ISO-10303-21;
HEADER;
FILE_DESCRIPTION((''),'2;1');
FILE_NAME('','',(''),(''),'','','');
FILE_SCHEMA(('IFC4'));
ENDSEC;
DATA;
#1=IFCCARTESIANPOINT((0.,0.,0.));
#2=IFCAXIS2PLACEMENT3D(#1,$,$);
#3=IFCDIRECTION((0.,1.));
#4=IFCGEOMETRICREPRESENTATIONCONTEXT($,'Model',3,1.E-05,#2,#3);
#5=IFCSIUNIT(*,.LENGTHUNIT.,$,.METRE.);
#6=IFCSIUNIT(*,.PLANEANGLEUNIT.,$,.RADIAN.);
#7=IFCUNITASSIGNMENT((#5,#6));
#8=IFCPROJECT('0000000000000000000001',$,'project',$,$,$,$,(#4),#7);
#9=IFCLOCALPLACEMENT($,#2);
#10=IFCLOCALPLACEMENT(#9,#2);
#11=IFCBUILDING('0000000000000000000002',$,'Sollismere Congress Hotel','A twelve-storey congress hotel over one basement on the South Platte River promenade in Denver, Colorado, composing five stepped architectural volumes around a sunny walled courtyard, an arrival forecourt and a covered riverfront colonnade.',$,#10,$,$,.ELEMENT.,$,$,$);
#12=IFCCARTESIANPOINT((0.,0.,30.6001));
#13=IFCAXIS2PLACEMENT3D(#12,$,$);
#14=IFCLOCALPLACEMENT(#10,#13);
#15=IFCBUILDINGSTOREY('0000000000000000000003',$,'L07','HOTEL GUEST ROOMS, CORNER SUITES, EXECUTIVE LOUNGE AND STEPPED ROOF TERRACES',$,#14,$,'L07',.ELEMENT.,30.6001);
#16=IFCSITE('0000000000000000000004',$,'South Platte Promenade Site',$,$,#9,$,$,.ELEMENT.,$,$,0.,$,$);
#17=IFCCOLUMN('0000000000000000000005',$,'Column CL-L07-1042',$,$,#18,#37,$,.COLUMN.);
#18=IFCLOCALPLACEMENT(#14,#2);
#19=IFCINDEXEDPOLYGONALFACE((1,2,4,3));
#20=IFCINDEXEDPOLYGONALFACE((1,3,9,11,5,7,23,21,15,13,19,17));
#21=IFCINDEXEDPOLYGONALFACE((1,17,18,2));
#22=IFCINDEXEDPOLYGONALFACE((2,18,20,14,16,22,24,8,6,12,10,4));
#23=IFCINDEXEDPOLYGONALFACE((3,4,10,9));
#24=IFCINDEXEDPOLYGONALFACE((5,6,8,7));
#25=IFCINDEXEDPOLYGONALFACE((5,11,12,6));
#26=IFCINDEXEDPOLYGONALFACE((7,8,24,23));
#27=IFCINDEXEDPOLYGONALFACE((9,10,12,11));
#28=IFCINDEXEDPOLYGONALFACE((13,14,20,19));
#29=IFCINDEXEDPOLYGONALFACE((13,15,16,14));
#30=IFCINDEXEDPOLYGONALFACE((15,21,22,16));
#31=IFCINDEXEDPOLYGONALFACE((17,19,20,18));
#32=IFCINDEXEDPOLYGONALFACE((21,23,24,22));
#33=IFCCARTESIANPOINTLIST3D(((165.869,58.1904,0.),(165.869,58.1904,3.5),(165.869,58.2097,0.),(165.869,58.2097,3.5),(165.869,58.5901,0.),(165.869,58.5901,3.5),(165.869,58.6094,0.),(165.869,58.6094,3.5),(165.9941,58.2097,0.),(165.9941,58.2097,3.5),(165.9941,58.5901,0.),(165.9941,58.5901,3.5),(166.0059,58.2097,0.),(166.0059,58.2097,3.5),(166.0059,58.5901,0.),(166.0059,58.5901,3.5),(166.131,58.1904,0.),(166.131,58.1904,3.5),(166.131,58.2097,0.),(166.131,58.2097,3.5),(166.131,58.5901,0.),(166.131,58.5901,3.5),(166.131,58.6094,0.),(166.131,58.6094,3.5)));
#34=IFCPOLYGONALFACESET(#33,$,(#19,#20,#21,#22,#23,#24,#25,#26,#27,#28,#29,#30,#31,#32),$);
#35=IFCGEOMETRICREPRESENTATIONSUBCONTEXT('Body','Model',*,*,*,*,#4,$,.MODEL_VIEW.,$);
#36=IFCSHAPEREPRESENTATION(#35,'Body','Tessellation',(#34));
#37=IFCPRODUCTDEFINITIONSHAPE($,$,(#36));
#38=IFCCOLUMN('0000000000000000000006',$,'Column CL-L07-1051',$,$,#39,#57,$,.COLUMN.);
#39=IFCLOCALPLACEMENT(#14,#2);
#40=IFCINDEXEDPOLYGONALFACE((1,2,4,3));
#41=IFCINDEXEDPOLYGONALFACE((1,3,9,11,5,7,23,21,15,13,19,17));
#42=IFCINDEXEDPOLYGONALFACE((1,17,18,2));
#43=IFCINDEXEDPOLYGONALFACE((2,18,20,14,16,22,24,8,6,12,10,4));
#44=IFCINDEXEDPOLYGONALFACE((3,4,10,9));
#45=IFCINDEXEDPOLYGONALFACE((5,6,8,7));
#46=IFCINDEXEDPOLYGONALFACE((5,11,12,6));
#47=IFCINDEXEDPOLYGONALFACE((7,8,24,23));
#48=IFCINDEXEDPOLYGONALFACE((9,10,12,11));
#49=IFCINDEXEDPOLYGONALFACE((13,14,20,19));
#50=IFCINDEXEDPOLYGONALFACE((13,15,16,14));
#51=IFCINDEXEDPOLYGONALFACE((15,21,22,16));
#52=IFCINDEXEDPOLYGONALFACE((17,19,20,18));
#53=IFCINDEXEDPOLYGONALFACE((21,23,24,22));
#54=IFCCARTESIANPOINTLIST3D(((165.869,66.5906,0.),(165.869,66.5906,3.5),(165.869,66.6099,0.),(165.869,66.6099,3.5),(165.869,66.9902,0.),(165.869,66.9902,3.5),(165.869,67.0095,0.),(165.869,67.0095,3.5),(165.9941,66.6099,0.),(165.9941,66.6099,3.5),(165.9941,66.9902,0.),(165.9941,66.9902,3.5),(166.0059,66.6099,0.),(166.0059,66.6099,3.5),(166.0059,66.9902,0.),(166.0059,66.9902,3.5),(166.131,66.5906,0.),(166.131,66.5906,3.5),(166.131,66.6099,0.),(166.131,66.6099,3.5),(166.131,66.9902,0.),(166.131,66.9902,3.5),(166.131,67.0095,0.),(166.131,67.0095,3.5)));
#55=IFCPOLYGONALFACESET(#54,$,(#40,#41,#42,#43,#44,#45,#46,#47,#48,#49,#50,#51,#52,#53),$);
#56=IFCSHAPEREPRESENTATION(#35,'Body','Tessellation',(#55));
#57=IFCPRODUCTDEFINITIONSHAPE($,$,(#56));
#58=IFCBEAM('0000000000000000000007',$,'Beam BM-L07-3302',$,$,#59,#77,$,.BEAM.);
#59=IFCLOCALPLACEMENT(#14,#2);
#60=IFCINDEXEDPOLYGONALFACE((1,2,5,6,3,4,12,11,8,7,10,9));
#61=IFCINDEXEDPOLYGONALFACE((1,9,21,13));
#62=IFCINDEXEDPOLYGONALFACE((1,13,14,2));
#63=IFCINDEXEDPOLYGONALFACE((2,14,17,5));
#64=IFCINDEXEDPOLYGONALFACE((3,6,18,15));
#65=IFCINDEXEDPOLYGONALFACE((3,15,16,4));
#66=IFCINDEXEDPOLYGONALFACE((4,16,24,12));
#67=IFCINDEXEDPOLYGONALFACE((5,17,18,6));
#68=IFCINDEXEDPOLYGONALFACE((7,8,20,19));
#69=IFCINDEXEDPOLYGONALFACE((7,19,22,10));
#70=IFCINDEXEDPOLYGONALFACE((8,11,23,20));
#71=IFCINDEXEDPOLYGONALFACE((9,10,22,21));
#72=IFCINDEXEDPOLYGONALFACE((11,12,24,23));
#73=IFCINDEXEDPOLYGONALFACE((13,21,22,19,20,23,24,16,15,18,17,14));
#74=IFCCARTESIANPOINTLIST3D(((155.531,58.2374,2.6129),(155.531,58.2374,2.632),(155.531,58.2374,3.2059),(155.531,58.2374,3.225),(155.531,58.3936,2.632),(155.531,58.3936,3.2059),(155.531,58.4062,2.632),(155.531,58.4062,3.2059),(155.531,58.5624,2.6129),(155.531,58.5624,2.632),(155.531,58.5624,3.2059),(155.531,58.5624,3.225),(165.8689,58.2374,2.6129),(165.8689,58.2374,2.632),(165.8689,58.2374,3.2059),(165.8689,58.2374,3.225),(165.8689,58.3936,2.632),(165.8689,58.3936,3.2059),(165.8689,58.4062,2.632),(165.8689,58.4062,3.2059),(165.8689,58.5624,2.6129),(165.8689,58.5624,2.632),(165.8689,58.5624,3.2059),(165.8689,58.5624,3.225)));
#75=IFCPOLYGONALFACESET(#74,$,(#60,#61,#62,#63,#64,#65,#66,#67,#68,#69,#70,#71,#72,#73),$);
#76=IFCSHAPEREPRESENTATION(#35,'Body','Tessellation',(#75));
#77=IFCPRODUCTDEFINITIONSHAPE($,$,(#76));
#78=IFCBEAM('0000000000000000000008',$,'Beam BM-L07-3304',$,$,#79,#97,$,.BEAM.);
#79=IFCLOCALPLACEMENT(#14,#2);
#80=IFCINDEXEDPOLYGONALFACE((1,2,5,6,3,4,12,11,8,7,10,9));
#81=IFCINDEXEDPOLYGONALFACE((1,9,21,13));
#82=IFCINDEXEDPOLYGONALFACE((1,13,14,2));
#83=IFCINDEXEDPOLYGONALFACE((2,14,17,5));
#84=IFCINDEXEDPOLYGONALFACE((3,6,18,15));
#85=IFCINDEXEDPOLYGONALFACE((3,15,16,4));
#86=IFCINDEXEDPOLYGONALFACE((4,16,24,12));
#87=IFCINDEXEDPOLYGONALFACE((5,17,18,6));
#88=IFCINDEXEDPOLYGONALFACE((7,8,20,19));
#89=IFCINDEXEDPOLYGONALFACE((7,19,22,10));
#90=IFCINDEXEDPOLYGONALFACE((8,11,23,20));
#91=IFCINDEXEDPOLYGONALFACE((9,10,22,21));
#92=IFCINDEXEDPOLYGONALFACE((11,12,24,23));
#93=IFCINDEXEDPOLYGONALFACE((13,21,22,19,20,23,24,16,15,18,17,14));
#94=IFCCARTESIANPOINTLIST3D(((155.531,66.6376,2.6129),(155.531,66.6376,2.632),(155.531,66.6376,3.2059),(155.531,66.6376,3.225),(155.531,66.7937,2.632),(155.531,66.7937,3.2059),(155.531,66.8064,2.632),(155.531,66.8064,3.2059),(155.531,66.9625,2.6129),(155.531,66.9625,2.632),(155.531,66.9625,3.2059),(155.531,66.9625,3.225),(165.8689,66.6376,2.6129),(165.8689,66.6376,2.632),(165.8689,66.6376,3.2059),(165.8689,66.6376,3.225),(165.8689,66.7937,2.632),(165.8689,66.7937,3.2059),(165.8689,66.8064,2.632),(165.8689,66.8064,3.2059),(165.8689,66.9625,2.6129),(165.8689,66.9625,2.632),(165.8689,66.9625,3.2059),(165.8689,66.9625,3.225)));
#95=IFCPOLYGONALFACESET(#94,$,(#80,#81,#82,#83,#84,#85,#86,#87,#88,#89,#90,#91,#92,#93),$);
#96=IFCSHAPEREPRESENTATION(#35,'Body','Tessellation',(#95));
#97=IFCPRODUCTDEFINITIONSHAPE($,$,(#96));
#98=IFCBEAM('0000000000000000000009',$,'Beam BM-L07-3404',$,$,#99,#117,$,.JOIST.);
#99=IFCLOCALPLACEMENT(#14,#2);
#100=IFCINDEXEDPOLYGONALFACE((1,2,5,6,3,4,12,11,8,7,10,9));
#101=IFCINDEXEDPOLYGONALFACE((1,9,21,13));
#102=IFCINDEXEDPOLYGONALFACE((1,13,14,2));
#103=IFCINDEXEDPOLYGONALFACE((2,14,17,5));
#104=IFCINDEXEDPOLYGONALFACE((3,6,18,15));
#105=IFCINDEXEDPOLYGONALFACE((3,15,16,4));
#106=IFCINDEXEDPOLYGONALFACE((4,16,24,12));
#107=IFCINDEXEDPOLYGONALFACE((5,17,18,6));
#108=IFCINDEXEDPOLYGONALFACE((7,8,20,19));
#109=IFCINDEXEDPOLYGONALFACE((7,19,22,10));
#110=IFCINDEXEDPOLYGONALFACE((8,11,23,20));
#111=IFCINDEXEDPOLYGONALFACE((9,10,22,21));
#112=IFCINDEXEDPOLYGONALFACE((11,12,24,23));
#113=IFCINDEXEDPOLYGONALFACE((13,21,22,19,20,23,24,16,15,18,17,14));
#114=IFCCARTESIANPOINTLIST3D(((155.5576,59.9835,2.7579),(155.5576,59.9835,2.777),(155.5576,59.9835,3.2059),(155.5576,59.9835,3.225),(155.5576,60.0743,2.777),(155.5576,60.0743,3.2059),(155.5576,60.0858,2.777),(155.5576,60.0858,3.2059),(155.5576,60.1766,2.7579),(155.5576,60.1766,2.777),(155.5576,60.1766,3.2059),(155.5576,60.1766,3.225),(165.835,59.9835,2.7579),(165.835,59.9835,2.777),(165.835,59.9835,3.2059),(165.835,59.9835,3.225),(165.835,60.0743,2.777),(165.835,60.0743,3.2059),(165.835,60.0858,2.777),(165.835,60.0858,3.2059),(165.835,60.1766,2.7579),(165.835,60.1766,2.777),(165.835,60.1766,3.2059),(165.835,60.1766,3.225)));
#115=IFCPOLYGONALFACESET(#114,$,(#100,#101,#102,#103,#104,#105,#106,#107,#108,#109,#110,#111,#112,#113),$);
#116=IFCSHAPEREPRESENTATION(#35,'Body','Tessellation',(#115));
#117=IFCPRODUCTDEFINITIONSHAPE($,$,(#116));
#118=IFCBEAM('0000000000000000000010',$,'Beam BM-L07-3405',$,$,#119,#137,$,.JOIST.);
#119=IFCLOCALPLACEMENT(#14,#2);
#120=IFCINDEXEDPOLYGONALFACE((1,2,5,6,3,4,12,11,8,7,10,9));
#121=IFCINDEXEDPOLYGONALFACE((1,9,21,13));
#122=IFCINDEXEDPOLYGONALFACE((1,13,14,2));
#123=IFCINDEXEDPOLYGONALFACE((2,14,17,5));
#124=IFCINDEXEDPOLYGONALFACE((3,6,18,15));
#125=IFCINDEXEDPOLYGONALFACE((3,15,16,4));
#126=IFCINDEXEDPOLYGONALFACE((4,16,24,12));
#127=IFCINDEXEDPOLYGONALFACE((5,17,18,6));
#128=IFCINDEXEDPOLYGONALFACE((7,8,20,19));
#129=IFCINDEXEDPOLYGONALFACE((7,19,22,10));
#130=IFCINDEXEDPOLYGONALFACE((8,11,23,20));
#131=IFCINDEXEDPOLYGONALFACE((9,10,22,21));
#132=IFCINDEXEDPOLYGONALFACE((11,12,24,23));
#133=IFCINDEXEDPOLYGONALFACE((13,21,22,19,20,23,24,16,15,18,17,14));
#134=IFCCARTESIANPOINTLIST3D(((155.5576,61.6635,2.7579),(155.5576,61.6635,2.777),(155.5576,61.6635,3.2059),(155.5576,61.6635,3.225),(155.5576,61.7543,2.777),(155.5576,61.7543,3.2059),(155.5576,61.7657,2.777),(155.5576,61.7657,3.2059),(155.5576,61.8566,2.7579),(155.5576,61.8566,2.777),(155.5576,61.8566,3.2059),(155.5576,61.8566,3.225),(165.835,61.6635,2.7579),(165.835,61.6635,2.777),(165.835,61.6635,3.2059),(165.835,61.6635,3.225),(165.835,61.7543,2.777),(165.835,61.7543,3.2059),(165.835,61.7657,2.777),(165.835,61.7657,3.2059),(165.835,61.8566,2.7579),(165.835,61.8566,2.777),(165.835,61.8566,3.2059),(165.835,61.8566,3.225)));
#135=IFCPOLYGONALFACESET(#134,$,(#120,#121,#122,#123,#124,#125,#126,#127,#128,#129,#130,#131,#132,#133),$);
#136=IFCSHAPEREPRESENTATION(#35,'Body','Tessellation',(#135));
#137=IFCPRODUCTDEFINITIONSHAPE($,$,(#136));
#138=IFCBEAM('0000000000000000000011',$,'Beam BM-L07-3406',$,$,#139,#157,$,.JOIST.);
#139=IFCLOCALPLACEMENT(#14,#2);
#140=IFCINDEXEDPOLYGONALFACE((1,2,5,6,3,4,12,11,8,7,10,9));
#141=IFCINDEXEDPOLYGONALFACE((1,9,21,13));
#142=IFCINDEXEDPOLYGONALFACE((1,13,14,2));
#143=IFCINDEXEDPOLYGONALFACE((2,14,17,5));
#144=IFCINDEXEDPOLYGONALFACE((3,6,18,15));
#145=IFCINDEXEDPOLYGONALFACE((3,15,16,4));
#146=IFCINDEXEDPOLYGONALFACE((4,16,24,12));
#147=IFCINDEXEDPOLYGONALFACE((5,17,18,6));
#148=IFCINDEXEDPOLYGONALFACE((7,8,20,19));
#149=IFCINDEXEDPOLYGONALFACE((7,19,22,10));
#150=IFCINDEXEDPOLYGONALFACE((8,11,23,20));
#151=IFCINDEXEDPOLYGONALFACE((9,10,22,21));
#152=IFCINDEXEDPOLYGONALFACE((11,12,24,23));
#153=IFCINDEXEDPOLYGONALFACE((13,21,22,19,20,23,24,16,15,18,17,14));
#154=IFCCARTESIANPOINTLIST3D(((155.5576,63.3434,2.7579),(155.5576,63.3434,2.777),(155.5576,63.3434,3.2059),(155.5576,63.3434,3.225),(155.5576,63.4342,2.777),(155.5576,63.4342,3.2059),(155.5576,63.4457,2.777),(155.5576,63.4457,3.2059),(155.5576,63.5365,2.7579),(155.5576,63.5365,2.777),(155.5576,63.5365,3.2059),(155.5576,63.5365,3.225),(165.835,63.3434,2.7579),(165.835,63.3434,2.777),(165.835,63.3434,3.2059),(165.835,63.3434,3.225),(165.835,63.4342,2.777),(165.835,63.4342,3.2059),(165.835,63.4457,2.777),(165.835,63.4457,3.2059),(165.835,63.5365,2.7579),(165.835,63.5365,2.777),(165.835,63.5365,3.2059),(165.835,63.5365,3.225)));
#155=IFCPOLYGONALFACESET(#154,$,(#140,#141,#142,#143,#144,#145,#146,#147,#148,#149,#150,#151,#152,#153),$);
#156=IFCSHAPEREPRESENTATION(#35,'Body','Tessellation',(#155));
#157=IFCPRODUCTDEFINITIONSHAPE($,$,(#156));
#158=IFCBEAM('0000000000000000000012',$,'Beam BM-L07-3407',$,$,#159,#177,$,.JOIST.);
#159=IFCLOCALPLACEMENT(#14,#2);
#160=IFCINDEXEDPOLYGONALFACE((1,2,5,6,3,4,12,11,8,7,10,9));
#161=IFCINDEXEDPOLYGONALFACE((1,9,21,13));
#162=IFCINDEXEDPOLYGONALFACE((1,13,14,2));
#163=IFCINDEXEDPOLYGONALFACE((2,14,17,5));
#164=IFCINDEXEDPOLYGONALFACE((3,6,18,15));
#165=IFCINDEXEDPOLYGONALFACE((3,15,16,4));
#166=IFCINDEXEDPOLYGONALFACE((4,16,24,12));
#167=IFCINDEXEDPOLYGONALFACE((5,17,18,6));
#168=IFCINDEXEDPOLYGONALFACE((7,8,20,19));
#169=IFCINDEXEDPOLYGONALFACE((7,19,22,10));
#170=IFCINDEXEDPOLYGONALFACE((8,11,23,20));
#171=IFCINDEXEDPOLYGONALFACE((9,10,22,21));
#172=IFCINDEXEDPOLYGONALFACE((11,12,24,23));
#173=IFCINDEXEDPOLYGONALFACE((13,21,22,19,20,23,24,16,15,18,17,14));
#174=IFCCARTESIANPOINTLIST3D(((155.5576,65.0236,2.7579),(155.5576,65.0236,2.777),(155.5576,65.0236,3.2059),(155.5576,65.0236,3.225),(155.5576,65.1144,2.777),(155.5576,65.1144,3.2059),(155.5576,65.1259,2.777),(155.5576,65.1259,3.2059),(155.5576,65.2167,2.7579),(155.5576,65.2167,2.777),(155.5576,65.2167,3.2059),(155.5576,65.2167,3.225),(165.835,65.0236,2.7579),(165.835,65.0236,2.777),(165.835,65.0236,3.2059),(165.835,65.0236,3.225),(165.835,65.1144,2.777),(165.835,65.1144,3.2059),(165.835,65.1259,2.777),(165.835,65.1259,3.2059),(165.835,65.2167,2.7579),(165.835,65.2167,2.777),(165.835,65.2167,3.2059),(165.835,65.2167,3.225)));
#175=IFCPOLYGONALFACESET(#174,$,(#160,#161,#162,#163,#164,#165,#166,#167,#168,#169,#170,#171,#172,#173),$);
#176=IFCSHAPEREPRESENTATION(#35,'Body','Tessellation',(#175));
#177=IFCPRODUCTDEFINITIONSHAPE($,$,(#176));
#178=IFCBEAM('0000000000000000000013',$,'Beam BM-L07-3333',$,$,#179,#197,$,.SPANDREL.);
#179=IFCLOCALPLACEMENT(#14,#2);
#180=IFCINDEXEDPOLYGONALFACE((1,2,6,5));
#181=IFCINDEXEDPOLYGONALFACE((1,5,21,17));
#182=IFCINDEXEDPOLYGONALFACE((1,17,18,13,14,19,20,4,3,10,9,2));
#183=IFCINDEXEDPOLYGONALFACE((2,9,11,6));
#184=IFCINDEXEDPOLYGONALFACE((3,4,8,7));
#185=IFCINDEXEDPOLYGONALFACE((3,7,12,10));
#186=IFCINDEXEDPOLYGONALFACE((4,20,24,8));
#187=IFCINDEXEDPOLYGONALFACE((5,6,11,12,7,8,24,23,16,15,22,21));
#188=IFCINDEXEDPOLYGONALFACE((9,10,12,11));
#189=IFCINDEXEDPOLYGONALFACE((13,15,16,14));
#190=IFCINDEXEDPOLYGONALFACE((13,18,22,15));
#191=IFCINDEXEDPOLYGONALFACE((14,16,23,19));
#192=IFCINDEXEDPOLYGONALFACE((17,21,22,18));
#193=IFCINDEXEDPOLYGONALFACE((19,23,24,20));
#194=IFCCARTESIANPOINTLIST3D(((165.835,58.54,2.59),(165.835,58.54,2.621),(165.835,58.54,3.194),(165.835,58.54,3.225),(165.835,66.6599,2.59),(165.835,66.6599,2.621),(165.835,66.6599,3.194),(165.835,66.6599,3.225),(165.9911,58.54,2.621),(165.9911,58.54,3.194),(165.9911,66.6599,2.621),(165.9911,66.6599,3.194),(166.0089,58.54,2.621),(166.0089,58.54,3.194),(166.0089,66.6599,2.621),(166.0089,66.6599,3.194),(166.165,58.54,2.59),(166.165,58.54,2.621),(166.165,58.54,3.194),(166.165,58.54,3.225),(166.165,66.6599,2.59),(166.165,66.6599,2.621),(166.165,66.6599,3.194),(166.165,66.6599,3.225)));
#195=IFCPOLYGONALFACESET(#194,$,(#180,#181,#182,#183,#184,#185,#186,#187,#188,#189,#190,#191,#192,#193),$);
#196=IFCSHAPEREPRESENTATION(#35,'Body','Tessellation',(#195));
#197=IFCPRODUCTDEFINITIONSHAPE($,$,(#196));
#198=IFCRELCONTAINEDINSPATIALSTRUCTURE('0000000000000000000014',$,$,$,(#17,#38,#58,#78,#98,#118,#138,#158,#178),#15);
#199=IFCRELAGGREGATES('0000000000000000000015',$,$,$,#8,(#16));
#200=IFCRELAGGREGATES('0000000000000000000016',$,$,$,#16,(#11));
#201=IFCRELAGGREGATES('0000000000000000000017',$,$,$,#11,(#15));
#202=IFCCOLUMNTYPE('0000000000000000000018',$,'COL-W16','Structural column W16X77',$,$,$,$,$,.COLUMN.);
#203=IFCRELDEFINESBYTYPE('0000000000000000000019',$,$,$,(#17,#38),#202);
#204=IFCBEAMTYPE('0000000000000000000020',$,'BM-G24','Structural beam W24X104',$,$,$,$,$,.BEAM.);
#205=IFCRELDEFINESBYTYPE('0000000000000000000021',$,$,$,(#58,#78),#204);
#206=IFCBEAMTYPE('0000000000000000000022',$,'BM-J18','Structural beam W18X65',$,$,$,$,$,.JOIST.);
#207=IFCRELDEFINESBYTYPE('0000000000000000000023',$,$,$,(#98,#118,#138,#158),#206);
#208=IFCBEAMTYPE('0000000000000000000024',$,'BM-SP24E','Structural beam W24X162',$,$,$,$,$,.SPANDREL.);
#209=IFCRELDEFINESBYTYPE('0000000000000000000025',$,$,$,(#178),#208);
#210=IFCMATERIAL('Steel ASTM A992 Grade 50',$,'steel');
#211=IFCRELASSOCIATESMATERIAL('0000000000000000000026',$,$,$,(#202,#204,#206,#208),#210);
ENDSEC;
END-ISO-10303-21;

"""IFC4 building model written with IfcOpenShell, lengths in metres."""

from ifc_helpers import new_model, si_unit, direction, frame, origin, origin_2d, place, context, subcontext, project, spatial, i_section, extrude, material, material_profile, profile_set, type_object, element, save


model = new_model("IFC4")

# Units and contexts
model_context = context("Model", 3, precision=1e-05, world=origin(), true_north=direction((0.0, 1.0)))
body_context = subcontext(model_context, "Body", "Model", "MODEL_VIEW")
ifc_project = project(units=[si_unit("LENGTHUNIT", "METRE"), si_unit("PLANEANGLEUNIT", "RADIAN")], contexts=[model_context])

# Site, building, storey
site_placement = place(None, origin())
site = spatial("IfcSite", under=ifc_project, at=site_placement, Name="South Platte Promenade Site", CompositionType="ELEMENT", RefElevation=0.0)
building_placement = place(site_placement, origin())
building = spatial("IfcBuilding", under=site, at=building_placement, Name="Sollismere Congress Hotel", Description="A twelve-storey congress hotel over one basement on the South Platte River promenade in Denver, Colorado, composing five stepped architectural volumes around a sunny walled courtyard, an arrival forecourt and a covered riverfront colonnade.", CompositionType="ELEMENT")
storey_placement = place(building_placement, frame((0.0, 0.0, 30.6001)))
storey = spatial("IfcBuildingStorey", under=building, at=storey_placement, Name="L07", Description="HOTEL GUEST ROOMS, CORNER SUITES, EXECUTIVE LOUNGE AND STEPPED ROOF TERRACES", LongName="L07", CompositionType="ELEMENT", Elevation=30.6001)

# Columns
ifc_material_1 = material(Name="Steel ASTM A992 Grade 50", Category="steel")
ifc_material_profile_1 = material_profile(ifc_material_1, i_section(OverallWidth=0.262, OverallDepth=0.4189, WebThickness=0.0117, FlangeThickness=0.0193, at=origin_2d()), Name="W16X77")
ifc_profile_set_1 = profile_set([ifc_material_profile_1], Name="Steel ASTM A992 Grade 50")
column_type = type_object("IfcColumnType", Name="COL-W16", Description="Structural column W16X77", PredefinedType="COLUMN", material=ifc_profile_set_1)
for number, where, z_axis, x_axis, name in (
    (1, (166.0, 58.3999, 0.0), (0.0, 0.0, 1.0), (1.0, 0.0, 0.0), "Column CL-L07-1042"),
    (2, (166.0, 66.8, 0.0), (0.0, 0.0, 1.0), (1.0, 0.0, 0.0), "Column CL-L07-1051"),
):
    element("IfcColumn", number, at=place(storey_placement, frame(where, z_axis=z_axis, x_axis=x_axis)), inside=storey, type_object=column_type, Name=name, PredefinedType="COLUMN", context=body_context, shape_type="SweptSolid", body=[
        extrude(i_section(OverallWidth=0.262, OverallDepth=0.4189, WebThickness=0.0117, FlangeThickness=0.0193, at=origin_2d()), origin(), (0.0, 0.0, 1.0), 3.5),
    ])

# Beams
ifc_material_profile_2 = material_profile(ifc_material_1, i_section(OverallWidth=0.325, OverallDepth=0.6121, WebThickness=0.0127, FlangeThickness=0.019, at=origin_2d()), Name="W24X104")
ifc_profile_set_2 = profile_set([ifc_material_profile_2], Name="Steel ASTM A992 Grade 50")
beam_type_1 = type_object("IfcBeamType", Name="BM-G24", Description="Structural beam W24X104", PredefinedType="BEAM", material=ifc_profile_set_2)
for number, where, z_axis, x_axis, name in (
    (3, (155.531, 58.3999, 2.9189), (1.0, 0.0, 0.0), (0.0, 1.0, 0.0), "Beam BM-L07-3302"),
    (4, (155.531, 66.8, 2.9189), (1.0, 0.0, 0.0), (0.0, 1.0, 0.0), "Beam BM-L07-3304"),
):
    element("IfcBeam", number, at=place(storey_placement, frame(where, z_axis=z_axis, x_axis=x_axis)), inside=storey, type_object=beam_type_1, Name=name, PredefinedType="BEAM", context=body_context, shape_type="SweptSolid", body=[
        extrude(i_section(OverallWidth=0.325, OverallDepth=0.6121, WebThickness=0.0127, FlangeThickness=0.019, at=origin_2d()), origin(), (0.0, 0.0, 1.0), 10.3379),
    ])
ifc_material_profile_3 = material_profile(ifc_material_1, i_section(OverallWidth=0.1931, OverallDepth=0.467, WebThickness=0.0115, FlangeThickness=0.019, at=origin_2d()), Name="W18X65")
ifc_profile_set_3 = profile_set([ifc_material_profile_3], Name="Steel ASTM A992 Grade 50")
beam_type_2 = type_object("IfcBeamType", Name="BM-J18", Description="Structural beam W18X65", PredefinedType="JOIST", material=ifc_profile_set_3)
for number, where, z_axis, x_axis, name in (
    (5, (155.5576, 60.0801, 2.9915), (1.0, 0.0, 0.0), (0.0, 1.0, 0.0), "Beam BM-L07-3404"),
    (6, (155.5576, 61.76, 2.9915), (1.0, 0.0, 0.0), (0.0, 1.0, 0.0), "Beam BM-L07-3405"),
    (7, (155.5576, 63.4399, 2.9915), (1.0, 0.0, 0.0), (0.0, 1.0, 0.0), "Beam BM-L07-3406"),
    (8, (155.5576, 65.1201, 2.9915), (1.0, 0.0, 0.0), (0.0, 1.0, 0.0), "Beam BM-L07-3407"),
):
    element("IfcBeam", number, at=place(storey_placement, frame(where, z_axis=z_axis, x_axis=x_axis)), inside=storey, type_object=beam_type_2, Name=name, PredefinedType="JOIST", context=body_context, shape_type="SweptSolid", body=[
        extrude(i_section(OverallWidth=0.1931, OverallDepth=0.467, WebThickness=0.0115, FlangeThickness=0.019, at=origin_2d()), origin(), (0.0, 0.0, 1.0), 10.2773),
    ])
ifc_material_profile_4 = material_profile(ifc_material_1, i_section(OverallWidth=0.3301, OverallDepth=0.635, WebThickness=0.0178, FlangeThickness=0.031, at=origin_2d()), Name="W24X162")
ifc_profile_set_4 = profile_set([ifc_material_profile_4], Name="Steel ASTM A992 Grade 50")
beam_type_3 = type_object("IfcBeamType", Name="BM-SP24E", Description="Structural beam W24X162", PredefinedType="SPANDREL", material=ifc_profile_set_4)
beam_placement = place(storey_placement, frame((166.0, 58.54, 2.9075), z_axis=(0.0, 1.0, 0.0), x_axis=(-1.0, 0.0, 0.0)))
element("IfcBeam", 9, at=beam_placement, inside=storey, type_object=beam_type_3, Name="Beam BM-L07-3333", PredefinedType="SPANDREL", context=body_context, shape_type="SweptSolid", body=[
    extrude(i_section(OverallWidth=0.3301, OverallDepth=0.635, WebThickness=0.0178, FlangeThickness=0.031, at=origin_2d()), origin(), (0.0, 0.0, 1.0), 8.1199),
])

save(model, "model.ifc")
